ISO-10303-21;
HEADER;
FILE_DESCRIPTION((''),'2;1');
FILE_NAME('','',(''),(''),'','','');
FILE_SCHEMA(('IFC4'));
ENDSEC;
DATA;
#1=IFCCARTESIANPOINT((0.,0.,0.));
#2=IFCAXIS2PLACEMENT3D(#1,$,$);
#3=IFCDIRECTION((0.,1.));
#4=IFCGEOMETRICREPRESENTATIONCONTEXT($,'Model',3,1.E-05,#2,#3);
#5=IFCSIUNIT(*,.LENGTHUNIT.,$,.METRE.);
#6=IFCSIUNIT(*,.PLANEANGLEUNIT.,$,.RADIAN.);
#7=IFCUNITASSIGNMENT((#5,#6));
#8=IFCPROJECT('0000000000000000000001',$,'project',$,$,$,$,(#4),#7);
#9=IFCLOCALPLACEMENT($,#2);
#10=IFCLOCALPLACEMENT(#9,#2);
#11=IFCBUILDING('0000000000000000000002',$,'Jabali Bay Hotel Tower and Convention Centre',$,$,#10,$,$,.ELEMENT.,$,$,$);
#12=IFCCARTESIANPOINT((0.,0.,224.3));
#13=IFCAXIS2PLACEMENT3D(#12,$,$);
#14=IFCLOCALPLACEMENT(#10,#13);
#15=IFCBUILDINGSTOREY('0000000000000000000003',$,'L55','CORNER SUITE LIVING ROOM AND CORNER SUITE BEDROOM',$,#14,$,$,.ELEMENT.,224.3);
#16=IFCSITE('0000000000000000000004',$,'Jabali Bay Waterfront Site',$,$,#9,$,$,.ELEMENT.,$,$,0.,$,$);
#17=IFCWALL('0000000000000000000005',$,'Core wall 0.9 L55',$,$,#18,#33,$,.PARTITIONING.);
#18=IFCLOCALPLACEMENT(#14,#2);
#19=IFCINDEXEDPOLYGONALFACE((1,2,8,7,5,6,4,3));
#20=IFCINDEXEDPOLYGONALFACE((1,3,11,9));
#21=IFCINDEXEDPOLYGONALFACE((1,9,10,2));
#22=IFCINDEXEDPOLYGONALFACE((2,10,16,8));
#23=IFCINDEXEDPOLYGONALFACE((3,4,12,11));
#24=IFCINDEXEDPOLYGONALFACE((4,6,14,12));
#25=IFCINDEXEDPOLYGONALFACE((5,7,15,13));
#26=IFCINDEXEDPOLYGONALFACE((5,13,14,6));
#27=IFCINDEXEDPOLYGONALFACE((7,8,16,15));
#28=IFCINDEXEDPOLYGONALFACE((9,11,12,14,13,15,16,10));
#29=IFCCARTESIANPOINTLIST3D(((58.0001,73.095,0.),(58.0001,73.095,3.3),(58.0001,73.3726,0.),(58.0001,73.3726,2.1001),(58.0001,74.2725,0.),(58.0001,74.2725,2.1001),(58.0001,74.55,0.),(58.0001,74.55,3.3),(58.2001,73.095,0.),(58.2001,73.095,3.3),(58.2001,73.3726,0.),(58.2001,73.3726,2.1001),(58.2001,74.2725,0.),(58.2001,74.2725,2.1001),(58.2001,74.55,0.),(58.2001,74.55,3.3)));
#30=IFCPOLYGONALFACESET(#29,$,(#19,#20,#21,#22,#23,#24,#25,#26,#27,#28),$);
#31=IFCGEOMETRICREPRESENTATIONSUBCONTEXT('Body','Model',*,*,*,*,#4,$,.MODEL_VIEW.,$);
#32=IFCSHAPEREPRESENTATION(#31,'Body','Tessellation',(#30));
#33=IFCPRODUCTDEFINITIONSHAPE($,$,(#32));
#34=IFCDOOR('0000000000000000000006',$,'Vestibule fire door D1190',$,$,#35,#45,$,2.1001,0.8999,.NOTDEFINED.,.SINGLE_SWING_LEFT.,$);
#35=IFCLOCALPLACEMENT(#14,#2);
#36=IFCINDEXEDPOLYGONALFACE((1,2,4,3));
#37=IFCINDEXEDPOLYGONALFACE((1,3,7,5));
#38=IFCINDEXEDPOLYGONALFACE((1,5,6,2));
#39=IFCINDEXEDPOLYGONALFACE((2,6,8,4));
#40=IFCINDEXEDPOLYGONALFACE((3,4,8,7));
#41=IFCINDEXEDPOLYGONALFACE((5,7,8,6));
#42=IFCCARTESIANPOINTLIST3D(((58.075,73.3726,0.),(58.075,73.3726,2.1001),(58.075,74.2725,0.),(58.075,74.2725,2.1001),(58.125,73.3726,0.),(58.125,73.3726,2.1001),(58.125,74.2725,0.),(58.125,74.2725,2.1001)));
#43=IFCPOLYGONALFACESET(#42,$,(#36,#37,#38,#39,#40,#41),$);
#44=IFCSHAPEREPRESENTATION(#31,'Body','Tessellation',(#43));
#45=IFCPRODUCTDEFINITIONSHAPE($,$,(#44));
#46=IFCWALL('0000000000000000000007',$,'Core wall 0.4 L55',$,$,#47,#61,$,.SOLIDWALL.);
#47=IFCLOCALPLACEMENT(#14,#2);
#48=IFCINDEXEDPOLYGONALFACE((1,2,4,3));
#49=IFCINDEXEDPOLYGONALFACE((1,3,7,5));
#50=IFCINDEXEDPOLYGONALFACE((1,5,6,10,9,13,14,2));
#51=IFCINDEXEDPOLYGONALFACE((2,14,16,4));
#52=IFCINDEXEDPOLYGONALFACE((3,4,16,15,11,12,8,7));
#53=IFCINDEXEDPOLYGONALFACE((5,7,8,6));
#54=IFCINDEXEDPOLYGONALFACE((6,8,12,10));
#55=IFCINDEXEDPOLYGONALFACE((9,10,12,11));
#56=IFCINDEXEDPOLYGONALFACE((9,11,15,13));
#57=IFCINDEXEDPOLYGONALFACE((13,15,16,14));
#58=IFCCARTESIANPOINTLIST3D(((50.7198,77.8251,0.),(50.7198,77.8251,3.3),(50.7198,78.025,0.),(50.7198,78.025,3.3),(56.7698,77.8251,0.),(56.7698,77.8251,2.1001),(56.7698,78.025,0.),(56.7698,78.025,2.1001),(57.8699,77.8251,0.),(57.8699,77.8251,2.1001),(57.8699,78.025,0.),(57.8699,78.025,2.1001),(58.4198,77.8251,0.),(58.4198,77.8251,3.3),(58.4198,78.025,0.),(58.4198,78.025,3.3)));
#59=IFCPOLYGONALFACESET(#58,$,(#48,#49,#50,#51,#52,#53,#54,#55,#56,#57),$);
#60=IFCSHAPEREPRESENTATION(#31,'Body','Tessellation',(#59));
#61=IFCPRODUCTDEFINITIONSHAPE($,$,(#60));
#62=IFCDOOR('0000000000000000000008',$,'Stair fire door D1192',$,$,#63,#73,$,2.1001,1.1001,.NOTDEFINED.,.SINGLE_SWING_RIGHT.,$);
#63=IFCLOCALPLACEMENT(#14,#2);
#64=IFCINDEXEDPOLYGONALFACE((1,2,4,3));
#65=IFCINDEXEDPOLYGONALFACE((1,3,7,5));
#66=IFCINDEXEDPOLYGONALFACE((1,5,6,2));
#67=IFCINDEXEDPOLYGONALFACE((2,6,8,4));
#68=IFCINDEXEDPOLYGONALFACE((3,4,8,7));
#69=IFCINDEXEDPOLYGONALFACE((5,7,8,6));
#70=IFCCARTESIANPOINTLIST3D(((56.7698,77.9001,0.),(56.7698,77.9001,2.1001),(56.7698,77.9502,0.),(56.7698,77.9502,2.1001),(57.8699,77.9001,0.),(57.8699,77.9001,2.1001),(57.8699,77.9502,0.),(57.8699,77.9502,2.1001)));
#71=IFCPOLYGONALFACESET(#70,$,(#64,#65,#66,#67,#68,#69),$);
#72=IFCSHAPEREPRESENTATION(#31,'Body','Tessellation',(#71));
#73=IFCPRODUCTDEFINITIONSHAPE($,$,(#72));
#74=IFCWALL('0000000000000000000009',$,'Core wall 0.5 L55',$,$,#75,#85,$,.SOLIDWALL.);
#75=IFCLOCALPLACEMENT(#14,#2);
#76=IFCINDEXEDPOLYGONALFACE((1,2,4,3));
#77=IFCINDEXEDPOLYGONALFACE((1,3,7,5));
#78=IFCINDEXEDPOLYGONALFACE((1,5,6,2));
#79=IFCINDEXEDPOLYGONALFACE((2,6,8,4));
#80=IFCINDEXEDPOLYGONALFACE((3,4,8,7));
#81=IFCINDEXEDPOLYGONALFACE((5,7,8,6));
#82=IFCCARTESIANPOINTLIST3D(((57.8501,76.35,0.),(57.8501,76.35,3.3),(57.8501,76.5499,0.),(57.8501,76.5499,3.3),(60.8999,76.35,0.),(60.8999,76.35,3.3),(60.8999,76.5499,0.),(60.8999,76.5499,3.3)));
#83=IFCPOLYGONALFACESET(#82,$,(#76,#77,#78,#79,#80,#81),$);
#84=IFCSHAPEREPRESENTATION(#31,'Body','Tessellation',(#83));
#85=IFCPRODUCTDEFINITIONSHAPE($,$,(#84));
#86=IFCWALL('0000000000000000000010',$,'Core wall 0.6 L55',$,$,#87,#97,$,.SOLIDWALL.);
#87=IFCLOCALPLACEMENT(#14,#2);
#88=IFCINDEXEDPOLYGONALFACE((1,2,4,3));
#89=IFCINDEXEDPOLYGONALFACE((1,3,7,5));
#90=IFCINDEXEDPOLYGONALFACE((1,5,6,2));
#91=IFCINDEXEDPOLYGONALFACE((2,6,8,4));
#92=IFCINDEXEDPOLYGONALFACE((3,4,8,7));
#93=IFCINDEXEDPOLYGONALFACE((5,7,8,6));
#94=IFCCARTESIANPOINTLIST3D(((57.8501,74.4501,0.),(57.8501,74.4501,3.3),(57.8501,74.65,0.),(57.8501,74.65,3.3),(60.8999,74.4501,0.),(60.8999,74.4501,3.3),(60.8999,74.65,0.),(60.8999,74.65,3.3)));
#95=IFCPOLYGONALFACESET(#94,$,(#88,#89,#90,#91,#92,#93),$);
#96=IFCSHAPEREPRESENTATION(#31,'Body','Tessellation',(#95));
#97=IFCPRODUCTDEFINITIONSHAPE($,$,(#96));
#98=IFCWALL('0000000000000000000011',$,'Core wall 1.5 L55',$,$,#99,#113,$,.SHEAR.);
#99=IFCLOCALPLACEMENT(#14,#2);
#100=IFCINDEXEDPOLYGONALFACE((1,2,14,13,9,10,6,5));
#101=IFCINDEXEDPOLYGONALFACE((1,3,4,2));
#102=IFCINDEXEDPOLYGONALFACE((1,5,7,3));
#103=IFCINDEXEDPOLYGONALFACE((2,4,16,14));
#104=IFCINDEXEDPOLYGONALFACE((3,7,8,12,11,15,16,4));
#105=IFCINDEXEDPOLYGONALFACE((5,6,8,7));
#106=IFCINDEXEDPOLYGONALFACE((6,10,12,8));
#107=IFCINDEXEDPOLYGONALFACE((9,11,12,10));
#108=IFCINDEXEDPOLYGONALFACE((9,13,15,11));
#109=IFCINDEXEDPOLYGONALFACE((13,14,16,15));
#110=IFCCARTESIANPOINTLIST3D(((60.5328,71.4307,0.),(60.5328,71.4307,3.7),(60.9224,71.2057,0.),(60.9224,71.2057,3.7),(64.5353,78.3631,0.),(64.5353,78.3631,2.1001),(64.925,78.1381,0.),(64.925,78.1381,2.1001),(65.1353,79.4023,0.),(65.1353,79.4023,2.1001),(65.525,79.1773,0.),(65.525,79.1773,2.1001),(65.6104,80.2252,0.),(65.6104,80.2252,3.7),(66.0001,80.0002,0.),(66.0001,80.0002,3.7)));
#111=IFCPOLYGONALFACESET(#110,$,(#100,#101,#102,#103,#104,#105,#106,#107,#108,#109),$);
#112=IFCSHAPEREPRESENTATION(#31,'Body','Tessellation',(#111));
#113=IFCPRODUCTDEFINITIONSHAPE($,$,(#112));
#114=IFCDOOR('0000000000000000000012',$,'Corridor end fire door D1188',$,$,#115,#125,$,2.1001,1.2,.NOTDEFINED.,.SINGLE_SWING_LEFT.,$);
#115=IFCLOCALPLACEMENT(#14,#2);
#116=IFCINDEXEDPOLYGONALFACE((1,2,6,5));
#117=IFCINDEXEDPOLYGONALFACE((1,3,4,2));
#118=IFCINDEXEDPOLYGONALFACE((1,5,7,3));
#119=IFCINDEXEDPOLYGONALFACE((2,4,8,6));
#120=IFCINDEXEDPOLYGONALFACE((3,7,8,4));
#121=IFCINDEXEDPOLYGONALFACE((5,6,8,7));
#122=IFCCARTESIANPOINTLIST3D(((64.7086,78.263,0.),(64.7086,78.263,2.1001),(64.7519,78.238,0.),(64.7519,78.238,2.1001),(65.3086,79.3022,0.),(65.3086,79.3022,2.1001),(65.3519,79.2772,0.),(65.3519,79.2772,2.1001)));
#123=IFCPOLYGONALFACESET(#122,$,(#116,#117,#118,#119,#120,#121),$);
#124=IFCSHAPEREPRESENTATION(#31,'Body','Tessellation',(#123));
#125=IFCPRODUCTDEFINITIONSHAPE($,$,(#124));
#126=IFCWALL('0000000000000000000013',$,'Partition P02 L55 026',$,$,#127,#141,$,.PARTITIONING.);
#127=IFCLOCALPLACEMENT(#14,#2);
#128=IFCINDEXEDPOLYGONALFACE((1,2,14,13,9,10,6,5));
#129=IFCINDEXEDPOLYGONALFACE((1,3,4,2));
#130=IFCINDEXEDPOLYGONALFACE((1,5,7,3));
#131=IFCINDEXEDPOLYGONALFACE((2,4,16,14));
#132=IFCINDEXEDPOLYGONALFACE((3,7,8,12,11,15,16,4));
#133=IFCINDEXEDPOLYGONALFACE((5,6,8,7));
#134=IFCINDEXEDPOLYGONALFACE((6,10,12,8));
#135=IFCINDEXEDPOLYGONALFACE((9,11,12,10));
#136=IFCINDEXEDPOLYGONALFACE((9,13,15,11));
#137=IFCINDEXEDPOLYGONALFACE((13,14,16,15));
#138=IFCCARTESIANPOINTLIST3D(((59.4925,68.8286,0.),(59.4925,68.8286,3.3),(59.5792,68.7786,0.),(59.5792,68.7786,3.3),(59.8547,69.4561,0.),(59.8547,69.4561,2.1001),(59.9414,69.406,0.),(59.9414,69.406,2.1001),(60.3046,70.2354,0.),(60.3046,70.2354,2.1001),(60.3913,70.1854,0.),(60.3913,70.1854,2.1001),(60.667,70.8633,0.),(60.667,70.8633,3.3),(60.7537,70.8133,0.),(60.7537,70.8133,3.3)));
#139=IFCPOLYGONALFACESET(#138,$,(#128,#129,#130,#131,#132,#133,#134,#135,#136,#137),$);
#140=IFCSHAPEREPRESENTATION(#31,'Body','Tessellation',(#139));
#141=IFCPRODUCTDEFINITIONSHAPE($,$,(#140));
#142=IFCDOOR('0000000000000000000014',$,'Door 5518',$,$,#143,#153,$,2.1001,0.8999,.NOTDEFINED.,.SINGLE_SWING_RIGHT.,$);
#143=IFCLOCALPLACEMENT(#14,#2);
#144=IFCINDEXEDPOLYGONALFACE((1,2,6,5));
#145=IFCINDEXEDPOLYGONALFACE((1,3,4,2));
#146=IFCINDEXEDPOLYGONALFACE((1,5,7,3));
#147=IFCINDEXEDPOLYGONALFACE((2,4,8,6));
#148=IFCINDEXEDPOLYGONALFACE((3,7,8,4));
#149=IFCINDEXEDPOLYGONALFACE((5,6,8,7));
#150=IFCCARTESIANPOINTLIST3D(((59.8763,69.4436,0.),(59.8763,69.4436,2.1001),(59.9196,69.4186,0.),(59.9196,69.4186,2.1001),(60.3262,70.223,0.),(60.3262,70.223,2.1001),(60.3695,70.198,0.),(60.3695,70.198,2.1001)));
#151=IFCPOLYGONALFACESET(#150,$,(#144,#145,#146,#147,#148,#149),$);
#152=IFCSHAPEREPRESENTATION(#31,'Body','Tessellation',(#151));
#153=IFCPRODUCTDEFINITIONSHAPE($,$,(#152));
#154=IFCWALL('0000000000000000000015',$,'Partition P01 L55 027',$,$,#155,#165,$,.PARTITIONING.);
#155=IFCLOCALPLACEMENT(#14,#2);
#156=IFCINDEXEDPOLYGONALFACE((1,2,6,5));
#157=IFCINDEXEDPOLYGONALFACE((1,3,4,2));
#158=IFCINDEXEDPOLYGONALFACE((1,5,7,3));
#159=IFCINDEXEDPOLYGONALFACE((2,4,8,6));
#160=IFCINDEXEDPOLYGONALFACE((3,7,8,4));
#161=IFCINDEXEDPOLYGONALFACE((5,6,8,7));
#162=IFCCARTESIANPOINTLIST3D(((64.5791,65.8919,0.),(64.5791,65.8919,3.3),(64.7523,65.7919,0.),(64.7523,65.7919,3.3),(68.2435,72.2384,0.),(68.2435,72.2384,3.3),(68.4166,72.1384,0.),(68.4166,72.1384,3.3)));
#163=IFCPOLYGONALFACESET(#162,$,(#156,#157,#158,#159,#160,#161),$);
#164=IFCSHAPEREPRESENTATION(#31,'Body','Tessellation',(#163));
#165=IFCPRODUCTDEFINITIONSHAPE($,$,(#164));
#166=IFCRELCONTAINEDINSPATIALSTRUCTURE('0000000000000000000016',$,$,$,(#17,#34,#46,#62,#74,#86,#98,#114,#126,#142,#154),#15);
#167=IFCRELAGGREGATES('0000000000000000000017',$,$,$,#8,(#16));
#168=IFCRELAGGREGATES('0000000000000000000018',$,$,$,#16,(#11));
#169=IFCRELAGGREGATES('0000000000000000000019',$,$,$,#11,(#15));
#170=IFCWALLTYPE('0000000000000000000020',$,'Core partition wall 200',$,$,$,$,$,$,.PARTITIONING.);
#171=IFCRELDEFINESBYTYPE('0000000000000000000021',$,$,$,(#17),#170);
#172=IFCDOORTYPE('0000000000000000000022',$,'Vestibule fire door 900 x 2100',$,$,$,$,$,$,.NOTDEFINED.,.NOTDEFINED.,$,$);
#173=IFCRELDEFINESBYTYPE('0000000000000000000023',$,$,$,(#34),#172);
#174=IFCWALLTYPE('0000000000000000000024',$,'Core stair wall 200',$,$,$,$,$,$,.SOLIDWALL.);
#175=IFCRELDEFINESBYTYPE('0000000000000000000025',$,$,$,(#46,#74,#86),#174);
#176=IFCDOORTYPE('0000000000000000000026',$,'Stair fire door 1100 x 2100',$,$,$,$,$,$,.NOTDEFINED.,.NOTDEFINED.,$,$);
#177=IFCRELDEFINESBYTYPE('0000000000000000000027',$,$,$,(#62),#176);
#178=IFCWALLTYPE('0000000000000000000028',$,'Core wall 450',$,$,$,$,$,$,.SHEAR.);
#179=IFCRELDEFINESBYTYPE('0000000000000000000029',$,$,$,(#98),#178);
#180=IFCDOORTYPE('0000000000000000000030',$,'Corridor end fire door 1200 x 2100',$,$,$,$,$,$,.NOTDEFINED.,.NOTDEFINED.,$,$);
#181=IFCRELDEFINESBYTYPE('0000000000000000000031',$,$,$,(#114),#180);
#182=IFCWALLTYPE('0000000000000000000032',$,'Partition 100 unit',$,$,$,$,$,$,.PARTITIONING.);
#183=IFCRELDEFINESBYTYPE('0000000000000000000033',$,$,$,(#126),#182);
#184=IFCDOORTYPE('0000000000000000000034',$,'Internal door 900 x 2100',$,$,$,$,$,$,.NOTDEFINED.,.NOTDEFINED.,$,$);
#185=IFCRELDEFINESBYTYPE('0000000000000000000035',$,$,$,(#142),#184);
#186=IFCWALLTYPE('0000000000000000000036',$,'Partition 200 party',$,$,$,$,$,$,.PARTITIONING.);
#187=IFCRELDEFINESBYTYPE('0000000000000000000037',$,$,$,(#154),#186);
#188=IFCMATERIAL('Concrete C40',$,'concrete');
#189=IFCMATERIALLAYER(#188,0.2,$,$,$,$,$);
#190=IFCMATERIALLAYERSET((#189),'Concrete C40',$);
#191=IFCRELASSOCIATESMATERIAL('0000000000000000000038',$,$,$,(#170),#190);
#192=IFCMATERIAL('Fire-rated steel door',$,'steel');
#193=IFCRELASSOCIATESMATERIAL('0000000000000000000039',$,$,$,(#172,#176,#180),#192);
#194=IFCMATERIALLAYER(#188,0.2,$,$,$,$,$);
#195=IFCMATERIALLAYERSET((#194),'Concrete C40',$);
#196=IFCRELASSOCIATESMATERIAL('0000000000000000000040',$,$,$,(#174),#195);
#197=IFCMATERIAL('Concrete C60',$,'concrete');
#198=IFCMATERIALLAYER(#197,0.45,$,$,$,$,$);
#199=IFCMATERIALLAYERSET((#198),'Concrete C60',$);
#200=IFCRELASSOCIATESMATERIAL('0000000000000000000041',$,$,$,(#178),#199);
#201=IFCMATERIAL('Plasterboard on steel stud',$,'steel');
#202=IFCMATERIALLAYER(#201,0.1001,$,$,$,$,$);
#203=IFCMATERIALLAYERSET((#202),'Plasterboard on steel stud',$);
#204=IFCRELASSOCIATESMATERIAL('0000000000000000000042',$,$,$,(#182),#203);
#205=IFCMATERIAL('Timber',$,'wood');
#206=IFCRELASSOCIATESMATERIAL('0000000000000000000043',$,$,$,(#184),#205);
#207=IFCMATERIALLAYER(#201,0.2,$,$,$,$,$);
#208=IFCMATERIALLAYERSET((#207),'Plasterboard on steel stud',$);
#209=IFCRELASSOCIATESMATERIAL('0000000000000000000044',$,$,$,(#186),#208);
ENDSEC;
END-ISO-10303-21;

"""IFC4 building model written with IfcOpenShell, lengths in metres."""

from ifc_helpers import new_model, si_unit, direction, frame, frame_2d, origin, place, context, subcontext, project, spatial, rectangle, extrude, material, layer, layer_set, type_object, element, fill, save


model = new_model("IFC4")

# Units and contexts
model_context = context("Model", 3, precision=1e-05, world=origin(), true_north=direction((0.0, 1.0)))
body_context = subcontext(model_context, "Body", "Model", "MODEL_VIEW")
ifc_project = project(units=[si_unit("LENGTHUNIT", "METRE"), si_unit("PLANEANGLEUNIT", "RADIAN")], contexts=[model_context])

# Site, building, storey
site_placement = place(None, origin())
site = spatial("IfcSite", under=ifc_project, at=site_placement, Name="Jabali Bay Waterfront Site", CompositionType="ELEMENT", RefElevation=0.0)
building_placement = place(site_placement, origin())
building = spatial("IfcBuilding", under=site, at=building_placement, Name="Jabali Bay Hotel Tower and Convention Centre", CompositionType="ELEMENT")
storey_placement = place(building_placement, frame((0.0, 0.0, 224.3)))
storey = spatial("IfcBuildingStorey", under=building, at=storey_placement, Name="L55", Description="CORNER SUITE LIVING ROOM AND CORNER SUITE BEDROOM", CompositionType="ELEMENT", Elevation=224.3)

# Walls, openings, doors
ifc_material_1 = material(Name="Concrete C40", Category="concrete")
ifc_layer_1 = layer(ifc_material_1, 0.2)
ifc_layer_set_1 = layer_set([ifc_layer_1], Name="Concrete C40")
wall_type_1 = type_object("IfcWallType", Name="Core partition wall 200", PredefinedType="PARTITIONING", material=ifc_layer_set_1)
wall_1_placement = place(storey_placement, frame((58.1001, 74.55, 0.0), z_axis=(0.0, 0.0, 1.0), x_axis=(0.0, -1.0, 0.0)))
wall_1 = element("IfcWall", 1, at=wall_1_placement, inside=storey, type_object=wall_type_1, Name="Core wall 0.9 L55", PredefinedType="PARTITIONING", context=body_context, shape_type="SweptSolid", body=[
    extrude(rectangle(XDim=1.4551, YDim=0.2, at=frame_2d((0.7275, 0.0))), origin(), (0.0, 0.0, 1.0), 3.3),
])
opening_1_placement = place(wall_1_placement, frame((0.2776, 0.0, 0.0)))
opening_1 = element("IfcOpeningElement", 2, at=opening_1_placement, cuts=wall_1, PredefinedType="OPENING", context=body_context, shape_type="SweptSolid", body=[
    extrude(rectangle(XDim=0.8999, YDim=2.1001, at=frame_2d((0.45, 1.05))), frame((0.0, 0.1104, 0.0), z_axis=(0.0, -1.0, 0.0), x_axis=(1.0, 0.0, 0.0)), (0.0, 0.0, 1.0), 0.2209),
])
ifc_material_2 = material(Name="Fire-rated steel door", Category="steel")
door_type_1 = type_object("IfcDoorType", Name="Vestibule fire door 900 x 2100", OperationType="NOTDEFINED", PredefinedType="NOTDEFINED", material=ifc_material_2)
door_1_placement = place(opening_1_placement, origin())
door_1 = element("IfcDoor", 3, at=door_1_placement, inside=storey, type_object=door_type_1, Name="Vestibule fire door D1190", OperationType="SINGLE_SWING_LEFT", OverallHeight=2.1001, OverallWidth=0.8999, PredefinedType="NOTDEFINED", context=body_context, shape_type="SweptSolid", body=[
    extrude(rectangle(XDim=0.8999, YDim=2.1001, at=frame_2d((0.45, 1.05))), frame((0.0, 0.0249, 0.0), z_axis=(0.0, -1.0, 0.0), x_axis=(1.0, 0.0, 0.0)), (0.0, 0.0, 1.0), 0.05),
])
fill(opening_1, door_1)
ifc_layer_2 = layer(ifc_material_1, 0.2)
ifc_layer_set_2 = layer_set([ifc_layer_2], Name="Concrete C40")
wall_type_2 = type_object("IfcWallType", Name="Core stair wall 200", PredefinedType="SOLIDWALL", material=ifc_layer_set_2)
wall_2_placement = place(storey_placement, frame((58.4199, 77.925, 0.0), z_axis=(0.0, 0.0, 1.0), x_axis=(-1.0, 0.0, 0.0)))
wall_2 = element("IfcWall", 4, at=wall_2_placement, inside=storey, type_object=wall_type_2, Name="Core wall 0.4 L55", PredefinedType="SOLIDWALL", context=body_context, shape_type="SweptSolid", body=[
    extrude(rectangle(XDim=7.7, YDim=0.2, at=frame_2d((3.8501, 0.0))), origin(), (0.0, 0.0, 1.0), 3.3),
])
opening_2_placement = place(wall_2_placement, frame((0.55, 0.0, 0.0)))
opening_2 = element("IfcOpeningElement", 5, at=opening_2_placement, cuts=wall_2, PredefinedType="OPENING", context=body_context, shape_type="SweptSolid", body=[
    extrude(rectangle(XDim=1.1001, YDim=2.1001, at=frame_2d((0.55, 1.05))), frame((0.0, 0.1104, 0.0), z_axis=(0.0, -1.0, 0.0), x_axis=(1.0, 0.0, 0.0)), (0.0, 0.0, 1.0), 0.2209),
])
door_type_2 = type_object("IfcDoorType", Name="Stair fire door 1100 x 2100", OperationType="NOTDEFINED", PredefinedType="NOTDEFINED", material=ifc_material_2)
door_2_placement = place(opening_2_placement, origin())
door_2 = element("IfcDoor", 6, at=door_2_placement, inside=storey, type_object=door_type_2, Name="Stair fire door D1192", OperationType="SINGLE_SWING_RIGHT", OverallHeight=2.1001, OverallWidth=1.1001, PredefinedType="NOTDEFINED", context=body_context, shape_type="SweptSolid", body=[
    extrude(rectangle(XDim=1.1001, YDim=2.1001, at=frame_2d((0.55, 1.05))), frame((0.0, 0.0249, 0.0), z_axis=(0.0, -1.0, 0.0), x_axis=(1.0, 0.0, 0.0)), (0.0, 0.0, 1.0), 0.05),
])
fill(opening_2, door_2)

# Walls
for number, where, z_axis, x_axis, name in (
    (7, (60.8999, 76.45, 0.0), (0.0, 0.0, 1.0), (-1.0, 0.0, 0.0), "Core wall 0.5 L55"),
    (8, (60.8999, 74.55, 0.0), (0.0, 0.0, 1.0), (-1.0, 0.0, 0.0), "Core wall 0.6 L55"),
):
    element("IfcWall", number, at=place(storey_placement, frame(where, z_axis=z_axis, x_axis=x_axis)), inside=storey, type_object=wall_type_2, Name=name, PredefinedType="SOLIDWALL", context=body_context, shape_type="SweptSolid", body=[
        extrude(rectangle(XDim=3.0498, YDim=0.2, at=frame_2d((1.5249, 0.0))), origin(), (0.0, 0.0, 1.0), 3.3),
    ])

# Walls, openings, doors
ifc_material_3 = material(Name="Concrete C60", Category="concrete")
ifc_layer_3 = layer(ifc_material_3, 0.45)
ifc_layer_set_3 = layer_set([ifc_layer_3], Name="Concrete C60")
wall_type_3 = type_object("IfcWallType", Name="Core wall 450", PredefinedType="SHEAR", material=ifc_layer_set_3)
wall_3_placement = place(storey_placement, frame((60.7275, 71.3181, 0.0), z_axis=(0.0, 0.0, 1.0), x_axis=(0.500012, 0.866018, 0.0)))
wall_3 = element("IfcWall", 9, at=wall_3_placement, inside=storey, type_object=wall_type_3, Name="Core wall 1.5 L55", PredefinedType="SHEAR", context=body_context, shape_type="SweptSolid", body=[
    extrude(rectangle(XDim=10.155, YDim=0.45, at=frame_2d((5.0776, 0.0))), origin(), (0.0, 0.0, 1.0), 3.7),
])
opening_3_placement = place(wall_3_placement, frame((8.0049, 0.0, 0.0)))
opening_3 = element("IfcOpeningElement", 10, at=opening_3_placement, cuts=wall_3, PredefinedType="OPENING", context=body_context, shape_type="SweptSolid", body=[
    extrude(rectangle(XDim=1.2, YDim=2.1001, at=frame_2d((0.6001, 1.05))), frame((0.0, 0.2354, 0.0), z_axis=(0.0, -1.0, 0.0), x_axis=(1.0, 0.0, 0.0)), (0.0, 0.0, 1.0), 0.4709),
])
door_type_3 = type_object("IfcDoorType", Name="Corridor end fire door 1200 x 2100", OperationType="NOTDEFINED", PredefinedType="NOTDEFINED", material=ifc_material_2)
door_3_placement = place(opening_3_placement, origin())
door_3 = element("IfcDoor", 11, at=door_3_placement, inside=storey, type_object=door_type_3, Name="Corridor end fire door D1188", OperationType="SINGLE_SWING_LEFT", OverallHeight=2.1001, OverallWidth=1.2, PredefinedType="NOTDEFINED", context=body_context, shape_type="SweptSolid", body=[
    extrude(rectangle(XDim=1.2, YDim=2.1001, at=frame_2d((0.6001, 1.05))), frame((0.0, 0.0249, 0.0), z_axis=(0.0, -1.0, 0.0), x_axis=(1.0, 0.0, 0.0)), (0.0, 0.0, 1.0), 0.05),
])
fill(opening_3, door_3)
ifc_material_4 = material(Name="Plasterboard on steel stud", Category="steel")
ifc_layer_4 = layer(ifc_material_4, 0.1001)
ifc_layer_set_4 = layer_set([ifc_layer_4], Name="Plasterboard on steel stud")
wall_type_4 = type_object("IfcWallType", Name="Partition 100 unit", PredefinedType="PARTITIONING", material=ifc_layer_set_4)
wall_4_placement = place(storey_placement, frame((60.7104, 70.8384, 0.0), z_axis=(0.0, 0.0, 1.0), x_axis=(-0.49995, -0.866054, 0.0)))
wall_4 = element("IfcWall", 12, at=wall_4_placement, inside=storey, type_object=wall_type_4, Name="Partition P02 L55 026", PredefinedType="PARTITIONING", context=body_context, shape_type="SweptSolid", body=[
    extrude(rectangle(XDim=2.3494, YDim=0.1001, at=frame_2d((1.1748, 0.0))), origin(), (0.0, 0.0, 1.0), 3.3),
])
opening_4_placement = place(wall_4_placement, frame((0.7251, 0.0, 0.0)))
opening_4 = element("IfcOpeningElement", 13, at=opening_4_placement, cuts=wall_4, PredefinedType="OPENING", context=body_context, shape_type="SweptSolid", body=[
    extrude(rectangle(XDim=0.8999, YDim=2.1001, at=frame_2d((0.45, 1.05))), frame((0.0, 0.0605, 0.0), z_axis=(0.0, -1.0, 0.0), x_axis=(1.0, 0.0, 0.0)), (0.0, 0.0, 1.0), 0.1211),
])
ifc_material_5 = material(Name="Timber", Category="wood")
door_type_4 = type_object("IfcDoorType", Name="Internal door 900 x 2100", OperationType="NOTDEFINED", PredefinedType="NOTDEFINED", material=ifc_material_5)
door_4_placement = place(opening_4_placement, origin())
door_4 = element("IfcDoor", 14, at=door_4_placement, inside=storey, type_object=door_type_4, Name="Door 5518", OperationType="SINGLE_SWING_RIGHT", OverallHeight=2.1001, OverallWidth=0.8999, PredefinedType="NOTDEFINED", context=body_context, shape_type="SweptSolid", body=[
    extrude(rectangle(XDim=0.8999, YDim=2.1001, at=frame_2d((0.45, 1.05))), frame((0.0, 0.0249, 0.0), z_axis=(0.0, -1.0, 0.0), x_axis=(1.0, 0.0, 0.0)), (0.0, 0.0, 1.0), 0.05),
])
fill(opening_4, door_4)

# Wall
ifc_layer_5 = layer(ifc_material_4, 0.2)
ifc_layer_set_5 = layer_set([ifc_layer_5], Name="Plasterboard on steel stud")
wall_type_5 = type_object("IfcWallType", Name="Partition 200 party", PredefinedType="PARTITIONING", material=ifc_layer_set_5)
wall_5_placement = place(storey_placement, frame((64.6658, 65.842, 0.0), z_axis=(0.0, 0.0, 1.0), x_axis=(0.500019, 0.866014, 0.0)))
element("IfcWall", 15, at=wall_5_placement, inside=storey, type_object=wall_type_5, Name="Partition P01 L55 027", PredefinedType="PARTITIONING", context=body_context, shape_type="SweptSolid", body=[
    extrude(rectangle(XDim=7.3284, YDim=0.2, at=frame_2d((3.6641, 0.0))), origin(), (0.0, 0.0, 1.0), 3.3),
])

save(model, "model.ifc")
